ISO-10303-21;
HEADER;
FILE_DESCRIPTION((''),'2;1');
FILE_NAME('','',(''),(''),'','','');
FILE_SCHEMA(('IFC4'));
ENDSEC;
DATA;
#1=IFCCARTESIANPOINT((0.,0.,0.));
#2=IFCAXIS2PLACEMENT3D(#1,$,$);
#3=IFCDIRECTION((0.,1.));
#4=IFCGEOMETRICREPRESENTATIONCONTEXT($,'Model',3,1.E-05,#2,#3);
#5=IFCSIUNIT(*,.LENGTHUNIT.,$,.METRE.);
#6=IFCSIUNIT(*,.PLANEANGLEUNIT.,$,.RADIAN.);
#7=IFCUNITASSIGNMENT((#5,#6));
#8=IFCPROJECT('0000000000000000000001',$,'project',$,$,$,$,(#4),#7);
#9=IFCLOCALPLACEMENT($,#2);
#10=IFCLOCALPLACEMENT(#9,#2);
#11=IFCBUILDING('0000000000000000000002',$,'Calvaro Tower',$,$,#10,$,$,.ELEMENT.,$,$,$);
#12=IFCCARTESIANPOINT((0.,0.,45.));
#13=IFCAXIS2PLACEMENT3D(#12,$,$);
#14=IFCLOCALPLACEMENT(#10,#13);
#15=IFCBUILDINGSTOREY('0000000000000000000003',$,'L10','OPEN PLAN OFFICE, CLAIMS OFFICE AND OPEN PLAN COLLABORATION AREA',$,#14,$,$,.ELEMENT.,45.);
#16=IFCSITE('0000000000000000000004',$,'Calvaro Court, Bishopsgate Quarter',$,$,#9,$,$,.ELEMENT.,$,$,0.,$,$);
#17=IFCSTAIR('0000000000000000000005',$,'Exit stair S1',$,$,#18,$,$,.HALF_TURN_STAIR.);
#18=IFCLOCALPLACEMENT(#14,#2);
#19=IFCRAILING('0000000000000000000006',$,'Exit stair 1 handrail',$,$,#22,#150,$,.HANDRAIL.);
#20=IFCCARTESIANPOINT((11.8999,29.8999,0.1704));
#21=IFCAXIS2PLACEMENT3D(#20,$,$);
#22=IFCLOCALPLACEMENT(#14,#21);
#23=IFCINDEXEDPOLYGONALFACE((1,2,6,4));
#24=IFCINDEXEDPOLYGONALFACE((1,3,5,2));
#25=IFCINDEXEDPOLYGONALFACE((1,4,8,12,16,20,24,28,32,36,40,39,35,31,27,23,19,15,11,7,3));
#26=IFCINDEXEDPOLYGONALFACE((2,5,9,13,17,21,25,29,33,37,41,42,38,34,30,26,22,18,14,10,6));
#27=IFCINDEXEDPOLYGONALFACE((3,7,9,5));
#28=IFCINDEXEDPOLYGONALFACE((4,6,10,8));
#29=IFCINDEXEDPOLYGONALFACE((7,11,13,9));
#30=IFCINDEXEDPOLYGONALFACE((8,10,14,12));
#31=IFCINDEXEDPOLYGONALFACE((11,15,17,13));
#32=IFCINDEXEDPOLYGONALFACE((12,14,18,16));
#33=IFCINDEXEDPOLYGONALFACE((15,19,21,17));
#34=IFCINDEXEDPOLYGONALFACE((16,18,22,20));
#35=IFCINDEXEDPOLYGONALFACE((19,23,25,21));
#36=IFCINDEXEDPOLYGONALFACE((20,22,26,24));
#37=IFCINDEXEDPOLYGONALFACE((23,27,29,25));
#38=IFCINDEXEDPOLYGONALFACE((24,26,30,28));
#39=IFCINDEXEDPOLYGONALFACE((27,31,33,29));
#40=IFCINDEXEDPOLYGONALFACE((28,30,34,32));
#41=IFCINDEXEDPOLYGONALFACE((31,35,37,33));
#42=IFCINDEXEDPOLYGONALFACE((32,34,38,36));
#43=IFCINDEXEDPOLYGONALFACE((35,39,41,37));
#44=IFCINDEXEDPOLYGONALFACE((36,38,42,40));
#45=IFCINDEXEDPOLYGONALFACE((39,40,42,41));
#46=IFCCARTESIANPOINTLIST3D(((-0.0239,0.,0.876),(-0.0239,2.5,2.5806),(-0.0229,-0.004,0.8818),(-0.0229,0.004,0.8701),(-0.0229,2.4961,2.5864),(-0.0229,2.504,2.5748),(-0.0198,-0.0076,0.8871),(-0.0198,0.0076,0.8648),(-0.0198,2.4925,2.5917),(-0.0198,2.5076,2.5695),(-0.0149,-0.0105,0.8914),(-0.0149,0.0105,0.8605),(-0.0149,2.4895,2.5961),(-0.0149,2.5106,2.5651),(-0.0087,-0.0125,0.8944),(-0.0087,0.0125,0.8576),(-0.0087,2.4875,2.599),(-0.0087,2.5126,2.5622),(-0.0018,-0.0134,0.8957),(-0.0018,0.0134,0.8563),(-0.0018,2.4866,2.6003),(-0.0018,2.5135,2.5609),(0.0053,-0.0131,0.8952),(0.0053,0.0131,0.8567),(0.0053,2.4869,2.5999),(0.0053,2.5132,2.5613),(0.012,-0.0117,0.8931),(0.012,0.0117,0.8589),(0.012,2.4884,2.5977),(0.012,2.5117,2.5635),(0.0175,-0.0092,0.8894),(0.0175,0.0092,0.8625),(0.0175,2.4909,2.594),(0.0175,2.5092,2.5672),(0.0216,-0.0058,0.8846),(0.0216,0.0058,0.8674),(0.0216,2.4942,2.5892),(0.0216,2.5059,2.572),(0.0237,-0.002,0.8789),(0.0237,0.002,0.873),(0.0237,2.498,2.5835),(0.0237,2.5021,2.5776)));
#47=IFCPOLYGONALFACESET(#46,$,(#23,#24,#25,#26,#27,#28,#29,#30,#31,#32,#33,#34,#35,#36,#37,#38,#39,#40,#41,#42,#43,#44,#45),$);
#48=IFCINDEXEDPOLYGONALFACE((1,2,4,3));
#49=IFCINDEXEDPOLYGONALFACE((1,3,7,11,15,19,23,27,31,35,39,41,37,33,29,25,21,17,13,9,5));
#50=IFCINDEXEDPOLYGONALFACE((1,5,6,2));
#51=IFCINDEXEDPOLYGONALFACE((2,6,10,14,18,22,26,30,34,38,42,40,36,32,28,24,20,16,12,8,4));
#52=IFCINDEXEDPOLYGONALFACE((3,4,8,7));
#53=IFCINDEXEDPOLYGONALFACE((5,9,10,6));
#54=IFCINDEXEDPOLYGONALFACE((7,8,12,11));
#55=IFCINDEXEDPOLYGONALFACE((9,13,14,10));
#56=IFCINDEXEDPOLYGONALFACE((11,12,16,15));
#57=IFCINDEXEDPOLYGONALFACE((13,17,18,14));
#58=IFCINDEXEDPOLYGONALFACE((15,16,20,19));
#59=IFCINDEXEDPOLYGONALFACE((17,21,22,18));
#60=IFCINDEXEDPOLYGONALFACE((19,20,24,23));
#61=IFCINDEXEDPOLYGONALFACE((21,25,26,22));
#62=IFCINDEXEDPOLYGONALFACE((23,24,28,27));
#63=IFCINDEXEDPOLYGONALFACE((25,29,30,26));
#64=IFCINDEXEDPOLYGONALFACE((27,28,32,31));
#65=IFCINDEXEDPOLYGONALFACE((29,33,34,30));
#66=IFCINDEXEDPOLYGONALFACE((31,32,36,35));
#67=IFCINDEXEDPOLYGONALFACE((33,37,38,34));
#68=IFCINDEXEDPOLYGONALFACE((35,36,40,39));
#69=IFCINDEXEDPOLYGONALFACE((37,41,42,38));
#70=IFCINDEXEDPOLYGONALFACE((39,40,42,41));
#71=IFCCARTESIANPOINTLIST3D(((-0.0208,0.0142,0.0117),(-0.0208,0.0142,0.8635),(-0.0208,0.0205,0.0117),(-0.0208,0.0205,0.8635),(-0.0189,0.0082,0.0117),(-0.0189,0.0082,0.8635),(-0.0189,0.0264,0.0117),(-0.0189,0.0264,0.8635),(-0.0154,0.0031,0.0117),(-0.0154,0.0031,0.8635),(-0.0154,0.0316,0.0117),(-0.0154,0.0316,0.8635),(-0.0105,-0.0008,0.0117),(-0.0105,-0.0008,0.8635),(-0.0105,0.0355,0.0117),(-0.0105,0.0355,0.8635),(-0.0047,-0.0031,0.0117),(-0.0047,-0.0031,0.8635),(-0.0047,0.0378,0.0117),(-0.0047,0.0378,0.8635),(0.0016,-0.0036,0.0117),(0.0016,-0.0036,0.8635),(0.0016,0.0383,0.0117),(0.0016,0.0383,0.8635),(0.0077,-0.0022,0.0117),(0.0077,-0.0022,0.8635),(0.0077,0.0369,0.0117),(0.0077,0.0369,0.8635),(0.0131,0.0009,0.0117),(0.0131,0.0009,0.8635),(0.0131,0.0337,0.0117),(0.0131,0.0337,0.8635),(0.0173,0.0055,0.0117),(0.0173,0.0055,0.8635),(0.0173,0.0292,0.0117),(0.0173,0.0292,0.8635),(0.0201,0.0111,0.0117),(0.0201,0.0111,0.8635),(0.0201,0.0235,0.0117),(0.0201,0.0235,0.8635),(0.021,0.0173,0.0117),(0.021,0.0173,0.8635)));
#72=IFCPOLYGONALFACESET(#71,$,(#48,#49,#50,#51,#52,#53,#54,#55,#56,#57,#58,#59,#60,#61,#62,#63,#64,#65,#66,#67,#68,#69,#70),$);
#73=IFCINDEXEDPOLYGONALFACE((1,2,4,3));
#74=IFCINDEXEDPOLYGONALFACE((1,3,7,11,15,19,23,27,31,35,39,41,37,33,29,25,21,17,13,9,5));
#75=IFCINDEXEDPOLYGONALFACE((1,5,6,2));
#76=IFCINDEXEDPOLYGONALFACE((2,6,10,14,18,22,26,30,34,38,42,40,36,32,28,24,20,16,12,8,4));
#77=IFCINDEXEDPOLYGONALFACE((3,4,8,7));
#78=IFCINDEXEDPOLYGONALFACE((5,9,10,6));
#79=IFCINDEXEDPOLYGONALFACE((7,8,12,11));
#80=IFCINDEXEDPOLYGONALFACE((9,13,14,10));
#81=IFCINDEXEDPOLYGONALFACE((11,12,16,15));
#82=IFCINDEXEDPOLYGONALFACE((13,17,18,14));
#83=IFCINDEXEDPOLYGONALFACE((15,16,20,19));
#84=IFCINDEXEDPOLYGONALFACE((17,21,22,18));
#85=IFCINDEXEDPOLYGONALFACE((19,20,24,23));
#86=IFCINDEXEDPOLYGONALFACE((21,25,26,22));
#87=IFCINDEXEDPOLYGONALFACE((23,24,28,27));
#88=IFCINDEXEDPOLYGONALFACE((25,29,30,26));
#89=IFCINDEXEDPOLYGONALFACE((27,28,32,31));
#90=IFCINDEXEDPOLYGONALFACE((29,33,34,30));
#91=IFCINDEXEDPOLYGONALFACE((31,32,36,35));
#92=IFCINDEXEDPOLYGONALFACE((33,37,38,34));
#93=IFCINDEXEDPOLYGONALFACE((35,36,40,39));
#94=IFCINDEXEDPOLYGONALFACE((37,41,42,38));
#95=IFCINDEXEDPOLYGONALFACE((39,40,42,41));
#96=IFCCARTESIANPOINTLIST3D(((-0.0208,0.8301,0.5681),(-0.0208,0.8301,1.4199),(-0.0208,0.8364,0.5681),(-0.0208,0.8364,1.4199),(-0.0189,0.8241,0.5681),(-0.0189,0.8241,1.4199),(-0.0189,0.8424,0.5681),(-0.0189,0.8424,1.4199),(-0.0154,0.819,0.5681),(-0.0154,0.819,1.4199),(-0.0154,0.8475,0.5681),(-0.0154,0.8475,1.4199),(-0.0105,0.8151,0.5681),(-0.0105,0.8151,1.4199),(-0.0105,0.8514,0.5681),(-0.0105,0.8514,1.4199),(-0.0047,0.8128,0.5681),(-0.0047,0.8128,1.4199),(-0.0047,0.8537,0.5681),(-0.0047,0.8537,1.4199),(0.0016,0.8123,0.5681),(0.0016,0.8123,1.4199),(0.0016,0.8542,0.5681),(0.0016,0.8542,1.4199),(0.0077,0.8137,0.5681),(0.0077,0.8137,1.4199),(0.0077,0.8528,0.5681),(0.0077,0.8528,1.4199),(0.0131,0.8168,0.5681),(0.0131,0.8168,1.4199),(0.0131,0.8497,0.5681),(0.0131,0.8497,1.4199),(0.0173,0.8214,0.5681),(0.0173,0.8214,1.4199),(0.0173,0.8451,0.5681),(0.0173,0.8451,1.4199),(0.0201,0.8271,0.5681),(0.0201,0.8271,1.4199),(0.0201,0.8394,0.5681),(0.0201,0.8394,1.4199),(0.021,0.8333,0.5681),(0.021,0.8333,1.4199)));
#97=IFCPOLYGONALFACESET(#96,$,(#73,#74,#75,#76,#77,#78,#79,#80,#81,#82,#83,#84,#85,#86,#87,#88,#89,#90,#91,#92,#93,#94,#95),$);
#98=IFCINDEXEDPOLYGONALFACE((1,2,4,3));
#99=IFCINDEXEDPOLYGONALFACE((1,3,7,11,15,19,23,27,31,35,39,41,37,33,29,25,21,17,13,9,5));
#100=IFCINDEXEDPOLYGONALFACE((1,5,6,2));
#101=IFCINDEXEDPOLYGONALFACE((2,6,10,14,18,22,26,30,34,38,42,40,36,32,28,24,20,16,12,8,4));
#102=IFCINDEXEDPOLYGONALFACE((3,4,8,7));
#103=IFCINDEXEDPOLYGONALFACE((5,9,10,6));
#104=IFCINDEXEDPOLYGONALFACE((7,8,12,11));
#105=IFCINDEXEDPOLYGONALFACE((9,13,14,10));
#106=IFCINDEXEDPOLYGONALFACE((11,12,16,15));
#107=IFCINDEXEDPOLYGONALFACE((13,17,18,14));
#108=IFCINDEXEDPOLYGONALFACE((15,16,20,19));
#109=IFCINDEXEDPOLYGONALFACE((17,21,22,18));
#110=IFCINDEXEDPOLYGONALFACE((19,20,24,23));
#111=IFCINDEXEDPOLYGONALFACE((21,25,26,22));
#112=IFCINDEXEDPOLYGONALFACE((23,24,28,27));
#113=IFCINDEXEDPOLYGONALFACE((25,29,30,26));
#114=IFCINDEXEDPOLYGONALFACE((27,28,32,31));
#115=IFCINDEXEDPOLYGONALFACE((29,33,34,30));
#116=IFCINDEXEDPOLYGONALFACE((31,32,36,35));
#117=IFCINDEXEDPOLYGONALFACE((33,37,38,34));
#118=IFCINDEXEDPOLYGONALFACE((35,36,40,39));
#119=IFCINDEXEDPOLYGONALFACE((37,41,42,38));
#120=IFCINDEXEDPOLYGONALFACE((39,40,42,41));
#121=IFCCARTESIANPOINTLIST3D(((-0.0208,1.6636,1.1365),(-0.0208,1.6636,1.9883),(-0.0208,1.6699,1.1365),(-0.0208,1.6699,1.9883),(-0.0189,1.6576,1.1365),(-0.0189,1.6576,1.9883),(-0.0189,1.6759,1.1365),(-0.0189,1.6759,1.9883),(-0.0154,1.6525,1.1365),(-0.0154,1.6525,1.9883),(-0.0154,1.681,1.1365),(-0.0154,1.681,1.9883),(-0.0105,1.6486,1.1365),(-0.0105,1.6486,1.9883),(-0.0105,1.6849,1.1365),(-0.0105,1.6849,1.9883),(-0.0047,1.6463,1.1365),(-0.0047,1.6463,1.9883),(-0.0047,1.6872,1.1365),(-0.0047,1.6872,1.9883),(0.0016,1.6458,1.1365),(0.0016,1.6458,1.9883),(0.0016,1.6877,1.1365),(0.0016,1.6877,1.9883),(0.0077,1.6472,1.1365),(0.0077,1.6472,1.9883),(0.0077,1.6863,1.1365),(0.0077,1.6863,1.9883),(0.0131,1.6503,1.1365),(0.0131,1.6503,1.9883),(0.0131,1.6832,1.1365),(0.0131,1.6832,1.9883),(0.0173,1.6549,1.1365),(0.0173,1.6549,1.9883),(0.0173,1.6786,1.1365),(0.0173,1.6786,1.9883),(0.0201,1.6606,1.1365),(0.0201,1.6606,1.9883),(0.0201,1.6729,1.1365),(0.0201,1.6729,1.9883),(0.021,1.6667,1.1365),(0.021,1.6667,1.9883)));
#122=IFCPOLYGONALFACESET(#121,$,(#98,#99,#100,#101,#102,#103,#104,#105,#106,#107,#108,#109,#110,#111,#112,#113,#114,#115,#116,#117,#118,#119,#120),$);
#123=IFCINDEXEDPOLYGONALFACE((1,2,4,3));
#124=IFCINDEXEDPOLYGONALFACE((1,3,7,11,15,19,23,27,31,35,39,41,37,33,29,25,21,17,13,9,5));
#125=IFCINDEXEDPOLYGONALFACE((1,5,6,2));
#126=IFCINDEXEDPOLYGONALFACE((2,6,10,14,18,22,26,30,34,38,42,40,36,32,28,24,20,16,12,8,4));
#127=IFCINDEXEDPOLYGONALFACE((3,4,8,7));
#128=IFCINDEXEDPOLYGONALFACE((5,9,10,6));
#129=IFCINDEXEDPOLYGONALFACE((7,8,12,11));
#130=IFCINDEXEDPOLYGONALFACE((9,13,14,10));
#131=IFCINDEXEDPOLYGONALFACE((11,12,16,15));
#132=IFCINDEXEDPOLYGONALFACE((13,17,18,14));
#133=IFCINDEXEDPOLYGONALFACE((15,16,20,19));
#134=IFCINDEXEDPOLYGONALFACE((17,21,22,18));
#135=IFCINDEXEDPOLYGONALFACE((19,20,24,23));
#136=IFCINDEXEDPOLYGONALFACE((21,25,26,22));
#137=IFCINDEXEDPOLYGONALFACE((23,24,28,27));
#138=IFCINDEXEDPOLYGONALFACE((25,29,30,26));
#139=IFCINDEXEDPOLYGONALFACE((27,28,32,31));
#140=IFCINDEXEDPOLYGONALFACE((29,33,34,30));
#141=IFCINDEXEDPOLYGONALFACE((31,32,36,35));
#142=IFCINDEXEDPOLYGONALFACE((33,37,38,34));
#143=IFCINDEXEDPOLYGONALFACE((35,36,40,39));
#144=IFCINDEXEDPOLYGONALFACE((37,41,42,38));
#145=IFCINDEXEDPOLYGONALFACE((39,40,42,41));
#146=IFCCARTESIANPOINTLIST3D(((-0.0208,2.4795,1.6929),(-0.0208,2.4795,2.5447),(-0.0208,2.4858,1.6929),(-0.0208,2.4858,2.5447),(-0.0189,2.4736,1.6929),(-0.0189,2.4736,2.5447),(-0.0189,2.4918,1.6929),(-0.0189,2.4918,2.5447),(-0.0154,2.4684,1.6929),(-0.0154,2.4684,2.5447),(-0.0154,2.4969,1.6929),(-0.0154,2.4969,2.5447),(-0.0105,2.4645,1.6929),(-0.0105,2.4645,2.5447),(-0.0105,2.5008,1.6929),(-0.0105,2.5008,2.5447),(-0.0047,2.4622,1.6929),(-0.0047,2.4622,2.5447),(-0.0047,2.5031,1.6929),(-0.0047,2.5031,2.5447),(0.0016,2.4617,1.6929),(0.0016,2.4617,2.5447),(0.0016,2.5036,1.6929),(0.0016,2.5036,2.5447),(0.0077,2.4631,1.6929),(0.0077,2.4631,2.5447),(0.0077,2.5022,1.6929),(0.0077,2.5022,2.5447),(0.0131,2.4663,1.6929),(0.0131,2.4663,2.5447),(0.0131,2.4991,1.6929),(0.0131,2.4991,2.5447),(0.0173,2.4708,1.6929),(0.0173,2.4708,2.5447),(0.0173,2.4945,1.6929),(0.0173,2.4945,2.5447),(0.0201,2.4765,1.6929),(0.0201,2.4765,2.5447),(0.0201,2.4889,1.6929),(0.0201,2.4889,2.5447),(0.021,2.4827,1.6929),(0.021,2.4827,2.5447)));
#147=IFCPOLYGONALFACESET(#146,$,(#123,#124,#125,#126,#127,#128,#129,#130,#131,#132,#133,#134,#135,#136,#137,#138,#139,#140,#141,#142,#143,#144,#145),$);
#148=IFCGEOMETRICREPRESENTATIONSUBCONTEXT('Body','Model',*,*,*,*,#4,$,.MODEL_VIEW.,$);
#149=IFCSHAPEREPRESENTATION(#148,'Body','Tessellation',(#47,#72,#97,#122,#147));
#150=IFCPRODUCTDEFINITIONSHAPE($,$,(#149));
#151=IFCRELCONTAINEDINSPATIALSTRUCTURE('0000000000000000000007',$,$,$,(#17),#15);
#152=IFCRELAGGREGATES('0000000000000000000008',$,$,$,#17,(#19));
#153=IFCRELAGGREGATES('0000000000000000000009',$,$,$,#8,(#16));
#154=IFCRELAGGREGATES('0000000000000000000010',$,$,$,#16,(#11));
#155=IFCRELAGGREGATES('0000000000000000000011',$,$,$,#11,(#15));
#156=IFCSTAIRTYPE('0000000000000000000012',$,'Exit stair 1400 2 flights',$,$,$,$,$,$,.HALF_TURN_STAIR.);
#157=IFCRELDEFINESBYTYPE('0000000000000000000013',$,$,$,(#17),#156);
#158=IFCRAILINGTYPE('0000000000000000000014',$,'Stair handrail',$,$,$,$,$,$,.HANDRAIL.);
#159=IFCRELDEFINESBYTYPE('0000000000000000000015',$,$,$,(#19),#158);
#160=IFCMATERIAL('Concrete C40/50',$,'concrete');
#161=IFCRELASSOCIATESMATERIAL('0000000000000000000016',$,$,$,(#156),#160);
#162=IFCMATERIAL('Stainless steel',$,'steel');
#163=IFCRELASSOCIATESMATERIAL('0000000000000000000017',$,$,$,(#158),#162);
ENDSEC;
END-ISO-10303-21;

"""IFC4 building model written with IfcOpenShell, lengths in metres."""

from ifc_helpers import new_model, si_unit, direction, frame, origin, origin_2d, place, context, subcontext, project, spatial, circle, extrude, material, type_object, element, aggregate, save


model = new_model("IFC4")

# Units and contexts
model_context = context("Model", 3, precision=1e-05, world=origin(), true_north=direction((0.0, 1.0)))
body_context = subcontext(model_context, "Body", "Model", "MODEL_VIEW")
ifc_project = project(units=[si_unit("LENGTHUNIT", "METRE"), si_unit("PLANEANGLEUNIT", "RADIAN")], contexts=[model_context])

# Site, building, storey
site_placement = place(None, origin())
site = spatial("IfcSite", under=ifc_project, at=site_placement, Name="Calvaro Court, Bishopsgate Quarter", CompositionType="ELEMENT", RefElevation=0.0)
building_placement = place(site_placement, origin())
building = spatial("IfcBuilding", under=site, at=building_placement, Name="Calvaro Tower", CompositionType="ELEMENT")
storey_placement = place(building_placement, frame((0.0, 0.0, 45.0)))
storey = spatial("IfcBuildingStorey", under=building, at=storey_placement, Name="L10", Description="OPEN PLAN OFFICE, CLAIMS OFFICE AND OPEN PLAN COLLABORATION AREA", CompositionType="ELEMENT", Elevation=45.0)

# Stair, railing
ifc_material_1 = material(Name="Concrete C40/50", Category="concrete")
stair_type = type_object("IfcStairType", Name="Exit stair 1400 2 flights", PredefinedType="HALF_TURN_STAIR", material=ifc_material_1)
stair_placement = place(storey_placement, origin())
stair = element("IfcStair", 1, at=stair_placement, inside=storey, type_object=stair_type, Name="Exit stair S1", PredefinedType="HALF_TURN_STAIR")
ifc_material_2 = material(Name="Stainless steel", Category="steel")
railing_type = type_object("IfcRailingType", Name="Stair handrail", PredefinedType="HANDRAIL", material=ifc_material_2)
railing_1_placement = place(storey_placement, frame((11.8999, 29.8999, 0.1704)))
railing_1 = element("IfcRailing", 2, at=railing_1_placement, type_object=railing_type, Name="Exit stair 1 handrail", PredefinedType="HANDRAIL", context=body_context, shape_type="SweptSolid", body=[
    extrude(circle(Radius=0.0239, at=origin_2d()), frame((0.0, 0.0, 0.876), z_axis=(0.0, 0.826221, 0.563347), x_axis=(-1.0, 0.0, 0.0)), (0.0, 0.0, 1.0), 3.0259),
    extrude(circle(Radius=0.021, at=origin_2d()), frame((0.0, 0.0173, 0.0117)), (0.0, 0.0, 1.0), 0.8518),
    extrude(circle(Radius=0.021, at=origin_2d()), frame((0.0, 0.8333, 0.5681)), (0.0, 0.0, 1.0), 0.8518),
    extrude(circle(Radius=0.021, at=origin_2d()), frame((0.0, 1.6667, 1.1365)), (0.0, 0.0, 1.0), 0.8518),
    extrude(circle(Radius=0.021, at=origin_2d()), frame((0.0, 2.4827, 1.6929)), (0.0, 0.0, 1.0), 0.8518),
])
aggregate(stair, [railing_1])

save(model, "model.ifc")
